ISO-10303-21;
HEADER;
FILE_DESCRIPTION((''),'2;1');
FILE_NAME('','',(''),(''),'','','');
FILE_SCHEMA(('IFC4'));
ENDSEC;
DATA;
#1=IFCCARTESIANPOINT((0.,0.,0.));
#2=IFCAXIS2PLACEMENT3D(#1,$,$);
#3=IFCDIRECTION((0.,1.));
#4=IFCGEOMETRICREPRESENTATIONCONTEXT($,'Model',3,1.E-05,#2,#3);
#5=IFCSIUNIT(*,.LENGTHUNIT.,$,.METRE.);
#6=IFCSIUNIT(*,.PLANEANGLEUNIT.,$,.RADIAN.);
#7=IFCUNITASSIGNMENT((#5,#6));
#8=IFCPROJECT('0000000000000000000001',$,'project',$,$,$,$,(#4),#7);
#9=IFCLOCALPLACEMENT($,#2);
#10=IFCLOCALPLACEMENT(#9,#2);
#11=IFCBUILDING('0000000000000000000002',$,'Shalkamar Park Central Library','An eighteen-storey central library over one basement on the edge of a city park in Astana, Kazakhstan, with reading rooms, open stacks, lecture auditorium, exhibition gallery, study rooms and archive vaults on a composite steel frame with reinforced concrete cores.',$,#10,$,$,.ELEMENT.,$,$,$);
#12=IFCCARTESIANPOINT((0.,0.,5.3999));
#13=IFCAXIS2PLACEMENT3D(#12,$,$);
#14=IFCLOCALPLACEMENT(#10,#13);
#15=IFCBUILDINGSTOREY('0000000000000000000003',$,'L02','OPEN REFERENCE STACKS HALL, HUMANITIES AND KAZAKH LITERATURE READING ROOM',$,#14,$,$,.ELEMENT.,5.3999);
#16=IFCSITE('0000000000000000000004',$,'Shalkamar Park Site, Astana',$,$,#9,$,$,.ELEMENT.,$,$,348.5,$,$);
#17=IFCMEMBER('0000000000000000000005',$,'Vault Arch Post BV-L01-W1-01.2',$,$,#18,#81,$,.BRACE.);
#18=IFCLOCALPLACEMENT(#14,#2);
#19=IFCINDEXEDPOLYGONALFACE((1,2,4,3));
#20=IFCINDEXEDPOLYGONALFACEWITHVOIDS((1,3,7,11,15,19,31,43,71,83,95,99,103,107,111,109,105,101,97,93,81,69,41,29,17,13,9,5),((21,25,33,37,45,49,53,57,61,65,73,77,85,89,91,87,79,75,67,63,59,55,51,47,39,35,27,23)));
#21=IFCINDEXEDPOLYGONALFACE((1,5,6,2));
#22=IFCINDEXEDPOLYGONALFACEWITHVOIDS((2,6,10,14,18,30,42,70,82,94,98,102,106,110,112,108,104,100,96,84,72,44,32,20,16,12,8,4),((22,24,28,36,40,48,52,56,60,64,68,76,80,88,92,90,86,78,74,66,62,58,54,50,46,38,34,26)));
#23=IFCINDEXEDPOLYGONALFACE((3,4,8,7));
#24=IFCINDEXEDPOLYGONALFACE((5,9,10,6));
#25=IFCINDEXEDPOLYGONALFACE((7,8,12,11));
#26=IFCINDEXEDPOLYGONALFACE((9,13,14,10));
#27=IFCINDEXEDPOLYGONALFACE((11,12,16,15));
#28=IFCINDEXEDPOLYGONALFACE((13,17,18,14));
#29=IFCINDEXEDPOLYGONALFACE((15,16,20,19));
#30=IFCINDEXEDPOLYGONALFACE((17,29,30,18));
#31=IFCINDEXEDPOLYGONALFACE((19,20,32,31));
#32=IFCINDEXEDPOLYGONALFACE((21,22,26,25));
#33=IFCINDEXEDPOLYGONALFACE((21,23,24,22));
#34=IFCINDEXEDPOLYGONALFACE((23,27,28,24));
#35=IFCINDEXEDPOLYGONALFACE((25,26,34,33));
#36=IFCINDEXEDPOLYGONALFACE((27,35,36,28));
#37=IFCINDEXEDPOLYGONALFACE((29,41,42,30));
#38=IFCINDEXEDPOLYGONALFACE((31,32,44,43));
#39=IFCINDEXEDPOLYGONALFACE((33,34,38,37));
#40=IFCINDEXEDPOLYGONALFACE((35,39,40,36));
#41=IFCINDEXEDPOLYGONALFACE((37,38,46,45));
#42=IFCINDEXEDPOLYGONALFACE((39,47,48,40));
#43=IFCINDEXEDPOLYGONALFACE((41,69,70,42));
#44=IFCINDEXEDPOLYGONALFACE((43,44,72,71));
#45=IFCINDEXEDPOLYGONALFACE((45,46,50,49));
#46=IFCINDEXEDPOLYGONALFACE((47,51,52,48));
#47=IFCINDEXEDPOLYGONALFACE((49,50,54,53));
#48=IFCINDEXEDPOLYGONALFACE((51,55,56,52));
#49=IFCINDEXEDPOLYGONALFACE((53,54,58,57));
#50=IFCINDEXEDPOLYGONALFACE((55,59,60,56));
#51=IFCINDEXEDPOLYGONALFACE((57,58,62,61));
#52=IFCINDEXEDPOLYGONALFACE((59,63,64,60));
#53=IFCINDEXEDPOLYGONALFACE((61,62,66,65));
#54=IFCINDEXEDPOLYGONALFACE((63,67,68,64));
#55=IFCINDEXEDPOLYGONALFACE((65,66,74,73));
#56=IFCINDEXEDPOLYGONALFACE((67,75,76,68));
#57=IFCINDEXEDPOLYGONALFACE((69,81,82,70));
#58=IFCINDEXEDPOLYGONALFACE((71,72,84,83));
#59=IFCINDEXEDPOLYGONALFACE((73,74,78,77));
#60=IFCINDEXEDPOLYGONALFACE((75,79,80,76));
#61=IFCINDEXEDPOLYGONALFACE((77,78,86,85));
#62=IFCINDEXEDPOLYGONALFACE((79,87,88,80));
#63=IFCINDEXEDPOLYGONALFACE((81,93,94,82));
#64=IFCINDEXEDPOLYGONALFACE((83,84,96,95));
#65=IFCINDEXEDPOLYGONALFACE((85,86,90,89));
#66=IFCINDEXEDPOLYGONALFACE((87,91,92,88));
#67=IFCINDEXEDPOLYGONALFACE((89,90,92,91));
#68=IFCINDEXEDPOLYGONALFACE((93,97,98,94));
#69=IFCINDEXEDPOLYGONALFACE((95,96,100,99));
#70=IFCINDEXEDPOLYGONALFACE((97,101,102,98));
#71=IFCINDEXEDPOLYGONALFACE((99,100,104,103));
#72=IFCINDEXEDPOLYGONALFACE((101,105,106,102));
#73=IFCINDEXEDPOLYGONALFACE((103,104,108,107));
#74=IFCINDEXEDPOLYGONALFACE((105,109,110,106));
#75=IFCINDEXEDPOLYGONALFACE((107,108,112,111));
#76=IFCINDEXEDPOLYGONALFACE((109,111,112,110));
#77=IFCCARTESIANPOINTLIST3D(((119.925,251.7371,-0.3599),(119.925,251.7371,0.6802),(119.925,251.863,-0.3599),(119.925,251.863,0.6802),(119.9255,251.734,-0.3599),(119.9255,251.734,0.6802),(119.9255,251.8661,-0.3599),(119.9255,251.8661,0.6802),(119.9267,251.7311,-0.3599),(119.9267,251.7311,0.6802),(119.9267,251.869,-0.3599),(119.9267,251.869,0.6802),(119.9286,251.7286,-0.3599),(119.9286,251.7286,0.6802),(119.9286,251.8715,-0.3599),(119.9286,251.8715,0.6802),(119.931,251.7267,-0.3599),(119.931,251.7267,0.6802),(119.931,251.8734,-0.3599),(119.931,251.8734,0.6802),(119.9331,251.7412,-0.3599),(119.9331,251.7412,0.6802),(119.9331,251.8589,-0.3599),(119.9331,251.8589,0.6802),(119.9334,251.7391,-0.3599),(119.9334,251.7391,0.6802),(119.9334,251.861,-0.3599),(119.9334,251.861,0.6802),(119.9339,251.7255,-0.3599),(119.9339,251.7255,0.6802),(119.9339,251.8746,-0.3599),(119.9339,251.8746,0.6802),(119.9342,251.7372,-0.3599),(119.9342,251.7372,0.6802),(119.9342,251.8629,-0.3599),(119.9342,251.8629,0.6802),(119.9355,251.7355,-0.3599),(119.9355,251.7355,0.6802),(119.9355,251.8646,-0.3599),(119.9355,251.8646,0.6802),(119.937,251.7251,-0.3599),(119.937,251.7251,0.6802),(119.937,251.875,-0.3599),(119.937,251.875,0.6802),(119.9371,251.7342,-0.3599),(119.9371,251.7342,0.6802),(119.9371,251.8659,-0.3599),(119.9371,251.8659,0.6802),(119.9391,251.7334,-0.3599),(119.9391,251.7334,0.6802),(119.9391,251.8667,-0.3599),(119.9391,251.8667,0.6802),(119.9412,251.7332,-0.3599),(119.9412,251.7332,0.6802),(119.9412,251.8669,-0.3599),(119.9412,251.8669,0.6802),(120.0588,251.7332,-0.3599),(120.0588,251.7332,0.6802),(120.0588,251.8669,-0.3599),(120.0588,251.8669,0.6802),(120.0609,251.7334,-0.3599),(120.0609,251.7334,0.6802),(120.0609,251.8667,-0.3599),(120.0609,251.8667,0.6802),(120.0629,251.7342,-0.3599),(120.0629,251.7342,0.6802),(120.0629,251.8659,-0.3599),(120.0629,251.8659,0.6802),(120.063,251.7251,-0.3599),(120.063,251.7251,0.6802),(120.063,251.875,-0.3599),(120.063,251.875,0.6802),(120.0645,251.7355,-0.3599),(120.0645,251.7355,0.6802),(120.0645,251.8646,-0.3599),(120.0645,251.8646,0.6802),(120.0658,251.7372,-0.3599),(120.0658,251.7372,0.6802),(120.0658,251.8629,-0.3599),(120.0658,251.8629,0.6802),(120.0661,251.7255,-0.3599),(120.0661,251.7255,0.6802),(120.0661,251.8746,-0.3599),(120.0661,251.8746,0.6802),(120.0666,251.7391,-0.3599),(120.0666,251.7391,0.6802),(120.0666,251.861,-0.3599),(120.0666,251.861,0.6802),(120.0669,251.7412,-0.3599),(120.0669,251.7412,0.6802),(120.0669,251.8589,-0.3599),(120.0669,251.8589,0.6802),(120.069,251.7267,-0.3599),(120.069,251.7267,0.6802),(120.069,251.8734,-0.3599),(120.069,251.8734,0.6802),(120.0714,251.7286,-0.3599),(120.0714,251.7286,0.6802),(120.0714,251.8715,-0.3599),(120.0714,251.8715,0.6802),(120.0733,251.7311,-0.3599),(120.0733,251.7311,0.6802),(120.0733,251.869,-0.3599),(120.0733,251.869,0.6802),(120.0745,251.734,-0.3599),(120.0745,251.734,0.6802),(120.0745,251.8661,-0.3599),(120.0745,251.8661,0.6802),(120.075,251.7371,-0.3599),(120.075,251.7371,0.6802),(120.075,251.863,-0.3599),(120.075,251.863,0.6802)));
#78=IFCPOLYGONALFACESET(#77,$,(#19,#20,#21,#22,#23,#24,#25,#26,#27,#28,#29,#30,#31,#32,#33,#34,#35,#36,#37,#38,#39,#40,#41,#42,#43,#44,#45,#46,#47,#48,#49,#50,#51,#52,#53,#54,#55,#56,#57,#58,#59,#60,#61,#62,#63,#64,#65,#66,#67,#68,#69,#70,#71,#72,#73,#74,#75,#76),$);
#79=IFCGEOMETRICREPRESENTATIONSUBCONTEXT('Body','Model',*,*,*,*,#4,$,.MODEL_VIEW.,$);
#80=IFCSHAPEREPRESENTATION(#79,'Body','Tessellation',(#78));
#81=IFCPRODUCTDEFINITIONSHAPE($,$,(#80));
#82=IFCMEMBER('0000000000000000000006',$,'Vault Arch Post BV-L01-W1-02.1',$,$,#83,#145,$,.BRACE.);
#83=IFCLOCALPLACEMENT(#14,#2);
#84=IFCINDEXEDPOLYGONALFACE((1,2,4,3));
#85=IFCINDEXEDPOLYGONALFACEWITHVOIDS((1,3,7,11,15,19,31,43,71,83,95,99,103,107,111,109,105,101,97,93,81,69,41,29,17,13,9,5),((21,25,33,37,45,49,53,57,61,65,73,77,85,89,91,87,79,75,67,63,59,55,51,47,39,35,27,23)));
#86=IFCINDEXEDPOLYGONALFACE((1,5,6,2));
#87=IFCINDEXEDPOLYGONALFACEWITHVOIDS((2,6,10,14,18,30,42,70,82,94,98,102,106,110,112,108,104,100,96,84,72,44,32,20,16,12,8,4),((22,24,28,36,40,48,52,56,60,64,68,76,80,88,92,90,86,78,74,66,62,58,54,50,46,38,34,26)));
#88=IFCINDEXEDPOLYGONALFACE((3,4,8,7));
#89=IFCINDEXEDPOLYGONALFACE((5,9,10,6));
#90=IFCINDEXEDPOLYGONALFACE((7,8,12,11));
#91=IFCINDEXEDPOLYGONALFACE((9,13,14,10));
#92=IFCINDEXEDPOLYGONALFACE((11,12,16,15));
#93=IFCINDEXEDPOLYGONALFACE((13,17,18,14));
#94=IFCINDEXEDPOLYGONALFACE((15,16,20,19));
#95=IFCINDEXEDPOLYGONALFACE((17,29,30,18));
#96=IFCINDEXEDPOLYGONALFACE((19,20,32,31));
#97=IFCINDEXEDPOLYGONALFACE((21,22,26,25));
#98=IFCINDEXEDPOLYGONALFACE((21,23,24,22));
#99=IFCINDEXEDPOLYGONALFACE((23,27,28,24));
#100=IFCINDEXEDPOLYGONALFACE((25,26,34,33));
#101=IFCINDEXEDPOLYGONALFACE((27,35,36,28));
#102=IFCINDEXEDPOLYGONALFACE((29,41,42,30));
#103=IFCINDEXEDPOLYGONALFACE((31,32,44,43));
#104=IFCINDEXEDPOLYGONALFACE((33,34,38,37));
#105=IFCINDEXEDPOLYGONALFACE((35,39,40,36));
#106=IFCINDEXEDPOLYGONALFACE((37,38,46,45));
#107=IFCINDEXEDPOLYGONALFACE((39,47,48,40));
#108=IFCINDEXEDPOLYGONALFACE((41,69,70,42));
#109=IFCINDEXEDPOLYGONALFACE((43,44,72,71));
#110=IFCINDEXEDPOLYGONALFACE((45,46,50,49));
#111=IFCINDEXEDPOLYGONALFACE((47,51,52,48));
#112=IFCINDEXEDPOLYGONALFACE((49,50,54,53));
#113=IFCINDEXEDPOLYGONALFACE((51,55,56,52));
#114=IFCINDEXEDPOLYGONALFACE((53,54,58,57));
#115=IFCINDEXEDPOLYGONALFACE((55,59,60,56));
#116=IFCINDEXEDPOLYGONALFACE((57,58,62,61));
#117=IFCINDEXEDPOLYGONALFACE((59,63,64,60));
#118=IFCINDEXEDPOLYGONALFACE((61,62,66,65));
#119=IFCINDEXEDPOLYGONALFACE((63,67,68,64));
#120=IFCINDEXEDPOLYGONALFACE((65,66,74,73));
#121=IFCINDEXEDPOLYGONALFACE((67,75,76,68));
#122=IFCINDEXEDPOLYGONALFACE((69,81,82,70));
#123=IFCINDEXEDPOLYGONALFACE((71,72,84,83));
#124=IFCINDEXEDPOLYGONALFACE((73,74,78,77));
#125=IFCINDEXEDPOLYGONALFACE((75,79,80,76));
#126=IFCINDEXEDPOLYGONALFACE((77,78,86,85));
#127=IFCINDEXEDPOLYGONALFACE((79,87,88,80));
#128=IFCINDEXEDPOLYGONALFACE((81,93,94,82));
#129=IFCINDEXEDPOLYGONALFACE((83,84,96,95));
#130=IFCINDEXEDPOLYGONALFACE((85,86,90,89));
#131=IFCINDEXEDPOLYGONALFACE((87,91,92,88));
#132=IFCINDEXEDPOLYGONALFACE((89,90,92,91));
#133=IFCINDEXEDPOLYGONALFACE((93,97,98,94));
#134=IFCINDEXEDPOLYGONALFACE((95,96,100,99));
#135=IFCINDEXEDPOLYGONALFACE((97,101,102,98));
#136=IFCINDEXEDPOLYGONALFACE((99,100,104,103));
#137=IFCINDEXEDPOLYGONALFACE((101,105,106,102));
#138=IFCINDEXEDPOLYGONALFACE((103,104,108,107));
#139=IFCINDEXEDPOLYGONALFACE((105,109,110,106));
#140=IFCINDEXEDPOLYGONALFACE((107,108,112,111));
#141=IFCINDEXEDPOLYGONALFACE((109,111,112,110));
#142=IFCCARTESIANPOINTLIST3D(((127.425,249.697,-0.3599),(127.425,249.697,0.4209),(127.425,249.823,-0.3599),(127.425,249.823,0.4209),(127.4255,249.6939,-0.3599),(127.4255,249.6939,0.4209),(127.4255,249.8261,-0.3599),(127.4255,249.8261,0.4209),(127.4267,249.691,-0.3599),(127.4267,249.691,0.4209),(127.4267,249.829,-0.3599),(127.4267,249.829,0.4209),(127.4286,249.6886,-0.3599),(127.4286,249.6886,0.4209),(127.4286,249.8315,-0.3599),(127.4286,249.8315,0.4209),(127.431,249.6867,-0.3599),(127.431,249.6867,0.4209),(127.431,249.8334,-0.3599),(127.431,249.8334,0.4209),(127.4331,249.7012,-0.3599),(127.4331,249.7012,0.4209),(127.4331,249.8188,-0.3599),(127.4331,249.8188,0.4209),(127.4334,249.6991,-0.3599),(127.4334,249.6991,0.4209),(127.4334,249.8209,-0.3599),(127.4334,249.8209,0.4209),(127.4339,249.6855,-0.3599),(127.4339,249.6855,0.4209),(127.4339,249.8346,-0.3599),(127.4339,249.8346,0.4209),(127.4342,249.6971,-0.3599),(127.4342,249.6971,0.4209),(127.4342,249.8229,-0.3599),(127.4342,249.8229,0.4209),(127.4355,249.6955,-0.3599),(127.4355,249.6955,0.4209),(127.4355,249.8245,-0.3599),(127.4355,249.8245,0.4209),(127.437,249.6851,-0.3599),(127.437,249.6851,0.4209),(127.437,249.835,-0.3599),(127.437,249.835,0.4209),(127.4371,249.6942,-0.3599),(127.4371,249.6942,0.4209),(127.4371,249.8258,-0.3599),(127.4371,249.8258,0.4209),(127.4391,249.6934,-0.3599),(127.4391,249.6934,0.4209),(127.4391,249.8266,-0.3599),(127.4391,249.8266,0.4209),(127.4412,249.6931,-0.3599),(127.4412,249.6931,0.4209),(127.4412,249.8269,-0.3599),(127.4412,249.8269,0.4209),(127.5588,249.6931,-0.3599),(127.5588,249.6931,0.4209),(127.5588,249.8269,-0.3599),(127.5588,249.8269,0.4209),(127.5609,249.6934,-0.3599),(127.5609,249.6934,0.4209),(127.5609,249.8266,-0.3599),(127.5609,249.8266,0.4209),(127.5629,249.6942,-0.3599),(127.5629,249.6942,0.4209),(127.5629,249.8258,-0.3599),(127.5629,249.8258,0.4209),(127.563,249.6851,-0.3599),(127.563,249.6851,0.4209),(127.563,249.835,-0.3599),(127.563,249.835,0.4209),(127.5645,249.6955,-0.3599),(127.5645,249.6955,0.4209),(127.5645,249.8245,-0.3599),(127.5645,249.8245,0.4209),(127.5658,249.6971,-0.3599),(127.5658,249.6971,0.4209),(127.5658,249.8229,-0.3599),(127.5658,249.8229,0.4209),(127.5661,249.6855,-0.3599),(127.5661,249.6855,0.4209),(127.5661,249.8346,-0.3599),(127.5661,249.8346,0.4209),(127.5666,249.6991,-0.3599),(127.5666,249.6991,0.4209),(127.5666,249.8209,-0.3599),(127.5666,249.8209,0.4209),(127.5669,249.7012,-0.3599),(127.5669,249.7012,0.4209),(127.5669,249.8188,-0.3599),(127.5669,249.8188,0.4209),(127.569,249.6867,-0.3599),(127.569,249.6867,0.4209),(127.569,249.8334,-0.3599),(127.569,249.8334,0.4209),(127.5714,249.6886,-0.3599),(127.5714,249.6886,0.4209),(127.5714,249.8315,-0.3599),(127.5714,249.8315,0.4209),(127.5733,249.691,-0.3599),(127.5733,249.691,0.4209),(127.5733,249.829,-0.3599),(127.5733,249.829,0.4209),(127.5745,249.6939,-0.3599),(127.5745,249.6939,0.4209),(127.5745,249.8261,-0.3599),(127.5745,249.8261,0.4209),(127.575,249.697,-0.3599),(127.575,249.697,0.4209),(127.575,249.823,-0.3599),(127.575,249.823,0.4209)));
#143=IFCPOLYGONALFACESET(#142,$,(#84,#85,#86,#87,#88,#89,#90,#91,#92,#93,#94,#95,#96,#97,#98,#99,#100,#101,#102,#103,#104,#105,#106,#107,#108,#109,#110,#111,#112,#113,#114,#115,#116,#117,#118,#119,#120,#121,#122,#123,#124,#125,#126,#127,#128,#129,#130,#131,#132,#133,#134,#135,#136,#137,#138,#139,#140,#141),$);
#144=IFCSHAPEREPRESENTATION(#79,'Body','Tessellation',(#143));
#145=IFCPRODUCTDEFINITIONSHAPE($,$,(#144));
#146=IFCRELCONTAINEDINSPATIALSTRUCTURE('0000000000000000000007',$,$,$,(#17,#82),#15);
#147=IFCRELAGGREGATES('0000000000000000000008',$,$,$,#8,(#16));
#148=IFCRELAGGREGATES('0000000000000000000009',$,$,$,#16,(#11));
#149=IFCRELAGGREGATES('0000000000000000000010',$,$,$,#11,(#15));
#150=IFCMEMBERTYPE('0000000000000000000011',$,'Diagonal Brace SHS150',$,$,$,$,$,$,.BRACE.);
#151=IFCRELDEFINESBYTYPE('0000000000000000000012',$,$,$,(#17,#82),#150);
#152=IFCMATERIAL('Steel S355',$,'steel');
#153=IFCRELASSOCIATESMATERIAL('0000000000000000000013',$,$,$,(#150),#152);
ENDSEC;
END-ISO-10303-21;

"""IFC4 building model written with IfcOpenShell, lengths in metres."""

from ifc_helpers import new_model, si_unit, direction, frame, origin, origin_2d, place, context, subcontext, project, spatial, hollow_rectangle, extrude, material, material_profile, profile_set, type_object, element, save


model = new_model("IFC4")

# Units and contexts
model_context = context("Model", 3, precision=1e-05, world=origin(), true_north=direction((0.0, 1.0)))
body_context = subcontext(model_context, "Body", "Model", "MODEL_VIEW")
ifc_project = project(units=[si_unit("LENGTHUNIT", "METRE"), si_unit("PLANEANGLEUNIT", "RADIAN")], contexts=[model_context])

# Site, building, storey
site_placement = place(None, origin())
site = spatial("IfcSite", under=ifc_project, at=site_placement, Name="Shalkamar Park Site, Astana", CompositionType="ELEMENT", RefElevation=348.5)
building_placement = place(site_placement, origin())
building = spatial("IfcBuilding", under=site, at=building_placement, Name="Shalkamar Park Central Library", Description="An eighteen-storey central library over one basement on the edge of a city park in Astana, Kazakhstan, with reading rooms, open stacks, lecture auditorium, exhibition gallery, study rooms and archive vaults on a composite steel frame with reinforced concrete cores.", CompositionType="ELEMENT")
storey_placement = place(building_placement, frame((0.0, 0.0, 5.3999)))
storey = spatial("IfcBuildingStorey", under=building, at=storey_placement, Name="L02", Description="OPEN REFERENCE STACKS HALL, HUMANITIES AND KAZAKH LITERATURE READING ROOM", CompositionType="ELEMENT", Elevation=5.3999)

# Shared definitions
ifc_material_1 = material(Name="Steel S355", Category="steel")

# Members
ifc_material_profile_1 = material_profile(ifc_material_1, hollow_rectangle(XDim=0.1499, YDim=0.1499, WallThickness=0.0081, InnerFilletRadius=0.0081, OuterFilletRadius=0.012, at=origin_2d()), Name="SHS 150x150x8")
ifc_profile_set_1 = profile_set([ifc_material_profile_1], Name="Steel S355")
member_type_1 = type_object("IfcMemberType", Name="Diagonal Brace SHS150", PredefinedType="BRACE", material=ifc_profile_set_1)
member_1_placement = place(storey_placement, frame((120.0, 251.8, -0.3599), z_axis=(0.0, 0.0, 1.0), x_axis=(1.0, 0.0, 0.0)))
element("IfcMember", 1, at=member_1_placement, inside=storey, type_object=member_type_1, Name="Vault Arch Post BV-L01-W1-01.2", PredefinedType="BRACE", context=body_context, shape_type="SweptSolid", body=[
    extrude(hollow_rectangle(XDim=0.1499, YDim=0.1499, WallThickness=0.0081, InnerFilletRadius=0.0081, OuterFilletRadius=0.012, at=origin_2d()), origin(), (0.0, 0.0, 1.0), 1.04),
])
member_2_placement = place(storey_placement, frame((127.5, 249.76, -0.3599), z_axis=(0.0, 0.0, 1.0), x_axis=(1.0, 0.0, 0.0)))
element("IfcMember", 2, at=member_2_placement, inside=storey, type_object=member_type_1, Name="Vault Arch Post BV-L01-W1-02.1", PredefinedType="BRACE", context=body_context, shape_type="SweptSolid", body=[
    extrude(hollow_rectangle(XDim=0.1499, YDim=0.1499, WallThickness=0.0081, InnerFilletRadius=0.0081, OuterFilletRadius=0.012, at=origin_2d()), origin(), (0.0, 0.0, 1.0), 0.7808),
])

save(model, "model.ifc")
